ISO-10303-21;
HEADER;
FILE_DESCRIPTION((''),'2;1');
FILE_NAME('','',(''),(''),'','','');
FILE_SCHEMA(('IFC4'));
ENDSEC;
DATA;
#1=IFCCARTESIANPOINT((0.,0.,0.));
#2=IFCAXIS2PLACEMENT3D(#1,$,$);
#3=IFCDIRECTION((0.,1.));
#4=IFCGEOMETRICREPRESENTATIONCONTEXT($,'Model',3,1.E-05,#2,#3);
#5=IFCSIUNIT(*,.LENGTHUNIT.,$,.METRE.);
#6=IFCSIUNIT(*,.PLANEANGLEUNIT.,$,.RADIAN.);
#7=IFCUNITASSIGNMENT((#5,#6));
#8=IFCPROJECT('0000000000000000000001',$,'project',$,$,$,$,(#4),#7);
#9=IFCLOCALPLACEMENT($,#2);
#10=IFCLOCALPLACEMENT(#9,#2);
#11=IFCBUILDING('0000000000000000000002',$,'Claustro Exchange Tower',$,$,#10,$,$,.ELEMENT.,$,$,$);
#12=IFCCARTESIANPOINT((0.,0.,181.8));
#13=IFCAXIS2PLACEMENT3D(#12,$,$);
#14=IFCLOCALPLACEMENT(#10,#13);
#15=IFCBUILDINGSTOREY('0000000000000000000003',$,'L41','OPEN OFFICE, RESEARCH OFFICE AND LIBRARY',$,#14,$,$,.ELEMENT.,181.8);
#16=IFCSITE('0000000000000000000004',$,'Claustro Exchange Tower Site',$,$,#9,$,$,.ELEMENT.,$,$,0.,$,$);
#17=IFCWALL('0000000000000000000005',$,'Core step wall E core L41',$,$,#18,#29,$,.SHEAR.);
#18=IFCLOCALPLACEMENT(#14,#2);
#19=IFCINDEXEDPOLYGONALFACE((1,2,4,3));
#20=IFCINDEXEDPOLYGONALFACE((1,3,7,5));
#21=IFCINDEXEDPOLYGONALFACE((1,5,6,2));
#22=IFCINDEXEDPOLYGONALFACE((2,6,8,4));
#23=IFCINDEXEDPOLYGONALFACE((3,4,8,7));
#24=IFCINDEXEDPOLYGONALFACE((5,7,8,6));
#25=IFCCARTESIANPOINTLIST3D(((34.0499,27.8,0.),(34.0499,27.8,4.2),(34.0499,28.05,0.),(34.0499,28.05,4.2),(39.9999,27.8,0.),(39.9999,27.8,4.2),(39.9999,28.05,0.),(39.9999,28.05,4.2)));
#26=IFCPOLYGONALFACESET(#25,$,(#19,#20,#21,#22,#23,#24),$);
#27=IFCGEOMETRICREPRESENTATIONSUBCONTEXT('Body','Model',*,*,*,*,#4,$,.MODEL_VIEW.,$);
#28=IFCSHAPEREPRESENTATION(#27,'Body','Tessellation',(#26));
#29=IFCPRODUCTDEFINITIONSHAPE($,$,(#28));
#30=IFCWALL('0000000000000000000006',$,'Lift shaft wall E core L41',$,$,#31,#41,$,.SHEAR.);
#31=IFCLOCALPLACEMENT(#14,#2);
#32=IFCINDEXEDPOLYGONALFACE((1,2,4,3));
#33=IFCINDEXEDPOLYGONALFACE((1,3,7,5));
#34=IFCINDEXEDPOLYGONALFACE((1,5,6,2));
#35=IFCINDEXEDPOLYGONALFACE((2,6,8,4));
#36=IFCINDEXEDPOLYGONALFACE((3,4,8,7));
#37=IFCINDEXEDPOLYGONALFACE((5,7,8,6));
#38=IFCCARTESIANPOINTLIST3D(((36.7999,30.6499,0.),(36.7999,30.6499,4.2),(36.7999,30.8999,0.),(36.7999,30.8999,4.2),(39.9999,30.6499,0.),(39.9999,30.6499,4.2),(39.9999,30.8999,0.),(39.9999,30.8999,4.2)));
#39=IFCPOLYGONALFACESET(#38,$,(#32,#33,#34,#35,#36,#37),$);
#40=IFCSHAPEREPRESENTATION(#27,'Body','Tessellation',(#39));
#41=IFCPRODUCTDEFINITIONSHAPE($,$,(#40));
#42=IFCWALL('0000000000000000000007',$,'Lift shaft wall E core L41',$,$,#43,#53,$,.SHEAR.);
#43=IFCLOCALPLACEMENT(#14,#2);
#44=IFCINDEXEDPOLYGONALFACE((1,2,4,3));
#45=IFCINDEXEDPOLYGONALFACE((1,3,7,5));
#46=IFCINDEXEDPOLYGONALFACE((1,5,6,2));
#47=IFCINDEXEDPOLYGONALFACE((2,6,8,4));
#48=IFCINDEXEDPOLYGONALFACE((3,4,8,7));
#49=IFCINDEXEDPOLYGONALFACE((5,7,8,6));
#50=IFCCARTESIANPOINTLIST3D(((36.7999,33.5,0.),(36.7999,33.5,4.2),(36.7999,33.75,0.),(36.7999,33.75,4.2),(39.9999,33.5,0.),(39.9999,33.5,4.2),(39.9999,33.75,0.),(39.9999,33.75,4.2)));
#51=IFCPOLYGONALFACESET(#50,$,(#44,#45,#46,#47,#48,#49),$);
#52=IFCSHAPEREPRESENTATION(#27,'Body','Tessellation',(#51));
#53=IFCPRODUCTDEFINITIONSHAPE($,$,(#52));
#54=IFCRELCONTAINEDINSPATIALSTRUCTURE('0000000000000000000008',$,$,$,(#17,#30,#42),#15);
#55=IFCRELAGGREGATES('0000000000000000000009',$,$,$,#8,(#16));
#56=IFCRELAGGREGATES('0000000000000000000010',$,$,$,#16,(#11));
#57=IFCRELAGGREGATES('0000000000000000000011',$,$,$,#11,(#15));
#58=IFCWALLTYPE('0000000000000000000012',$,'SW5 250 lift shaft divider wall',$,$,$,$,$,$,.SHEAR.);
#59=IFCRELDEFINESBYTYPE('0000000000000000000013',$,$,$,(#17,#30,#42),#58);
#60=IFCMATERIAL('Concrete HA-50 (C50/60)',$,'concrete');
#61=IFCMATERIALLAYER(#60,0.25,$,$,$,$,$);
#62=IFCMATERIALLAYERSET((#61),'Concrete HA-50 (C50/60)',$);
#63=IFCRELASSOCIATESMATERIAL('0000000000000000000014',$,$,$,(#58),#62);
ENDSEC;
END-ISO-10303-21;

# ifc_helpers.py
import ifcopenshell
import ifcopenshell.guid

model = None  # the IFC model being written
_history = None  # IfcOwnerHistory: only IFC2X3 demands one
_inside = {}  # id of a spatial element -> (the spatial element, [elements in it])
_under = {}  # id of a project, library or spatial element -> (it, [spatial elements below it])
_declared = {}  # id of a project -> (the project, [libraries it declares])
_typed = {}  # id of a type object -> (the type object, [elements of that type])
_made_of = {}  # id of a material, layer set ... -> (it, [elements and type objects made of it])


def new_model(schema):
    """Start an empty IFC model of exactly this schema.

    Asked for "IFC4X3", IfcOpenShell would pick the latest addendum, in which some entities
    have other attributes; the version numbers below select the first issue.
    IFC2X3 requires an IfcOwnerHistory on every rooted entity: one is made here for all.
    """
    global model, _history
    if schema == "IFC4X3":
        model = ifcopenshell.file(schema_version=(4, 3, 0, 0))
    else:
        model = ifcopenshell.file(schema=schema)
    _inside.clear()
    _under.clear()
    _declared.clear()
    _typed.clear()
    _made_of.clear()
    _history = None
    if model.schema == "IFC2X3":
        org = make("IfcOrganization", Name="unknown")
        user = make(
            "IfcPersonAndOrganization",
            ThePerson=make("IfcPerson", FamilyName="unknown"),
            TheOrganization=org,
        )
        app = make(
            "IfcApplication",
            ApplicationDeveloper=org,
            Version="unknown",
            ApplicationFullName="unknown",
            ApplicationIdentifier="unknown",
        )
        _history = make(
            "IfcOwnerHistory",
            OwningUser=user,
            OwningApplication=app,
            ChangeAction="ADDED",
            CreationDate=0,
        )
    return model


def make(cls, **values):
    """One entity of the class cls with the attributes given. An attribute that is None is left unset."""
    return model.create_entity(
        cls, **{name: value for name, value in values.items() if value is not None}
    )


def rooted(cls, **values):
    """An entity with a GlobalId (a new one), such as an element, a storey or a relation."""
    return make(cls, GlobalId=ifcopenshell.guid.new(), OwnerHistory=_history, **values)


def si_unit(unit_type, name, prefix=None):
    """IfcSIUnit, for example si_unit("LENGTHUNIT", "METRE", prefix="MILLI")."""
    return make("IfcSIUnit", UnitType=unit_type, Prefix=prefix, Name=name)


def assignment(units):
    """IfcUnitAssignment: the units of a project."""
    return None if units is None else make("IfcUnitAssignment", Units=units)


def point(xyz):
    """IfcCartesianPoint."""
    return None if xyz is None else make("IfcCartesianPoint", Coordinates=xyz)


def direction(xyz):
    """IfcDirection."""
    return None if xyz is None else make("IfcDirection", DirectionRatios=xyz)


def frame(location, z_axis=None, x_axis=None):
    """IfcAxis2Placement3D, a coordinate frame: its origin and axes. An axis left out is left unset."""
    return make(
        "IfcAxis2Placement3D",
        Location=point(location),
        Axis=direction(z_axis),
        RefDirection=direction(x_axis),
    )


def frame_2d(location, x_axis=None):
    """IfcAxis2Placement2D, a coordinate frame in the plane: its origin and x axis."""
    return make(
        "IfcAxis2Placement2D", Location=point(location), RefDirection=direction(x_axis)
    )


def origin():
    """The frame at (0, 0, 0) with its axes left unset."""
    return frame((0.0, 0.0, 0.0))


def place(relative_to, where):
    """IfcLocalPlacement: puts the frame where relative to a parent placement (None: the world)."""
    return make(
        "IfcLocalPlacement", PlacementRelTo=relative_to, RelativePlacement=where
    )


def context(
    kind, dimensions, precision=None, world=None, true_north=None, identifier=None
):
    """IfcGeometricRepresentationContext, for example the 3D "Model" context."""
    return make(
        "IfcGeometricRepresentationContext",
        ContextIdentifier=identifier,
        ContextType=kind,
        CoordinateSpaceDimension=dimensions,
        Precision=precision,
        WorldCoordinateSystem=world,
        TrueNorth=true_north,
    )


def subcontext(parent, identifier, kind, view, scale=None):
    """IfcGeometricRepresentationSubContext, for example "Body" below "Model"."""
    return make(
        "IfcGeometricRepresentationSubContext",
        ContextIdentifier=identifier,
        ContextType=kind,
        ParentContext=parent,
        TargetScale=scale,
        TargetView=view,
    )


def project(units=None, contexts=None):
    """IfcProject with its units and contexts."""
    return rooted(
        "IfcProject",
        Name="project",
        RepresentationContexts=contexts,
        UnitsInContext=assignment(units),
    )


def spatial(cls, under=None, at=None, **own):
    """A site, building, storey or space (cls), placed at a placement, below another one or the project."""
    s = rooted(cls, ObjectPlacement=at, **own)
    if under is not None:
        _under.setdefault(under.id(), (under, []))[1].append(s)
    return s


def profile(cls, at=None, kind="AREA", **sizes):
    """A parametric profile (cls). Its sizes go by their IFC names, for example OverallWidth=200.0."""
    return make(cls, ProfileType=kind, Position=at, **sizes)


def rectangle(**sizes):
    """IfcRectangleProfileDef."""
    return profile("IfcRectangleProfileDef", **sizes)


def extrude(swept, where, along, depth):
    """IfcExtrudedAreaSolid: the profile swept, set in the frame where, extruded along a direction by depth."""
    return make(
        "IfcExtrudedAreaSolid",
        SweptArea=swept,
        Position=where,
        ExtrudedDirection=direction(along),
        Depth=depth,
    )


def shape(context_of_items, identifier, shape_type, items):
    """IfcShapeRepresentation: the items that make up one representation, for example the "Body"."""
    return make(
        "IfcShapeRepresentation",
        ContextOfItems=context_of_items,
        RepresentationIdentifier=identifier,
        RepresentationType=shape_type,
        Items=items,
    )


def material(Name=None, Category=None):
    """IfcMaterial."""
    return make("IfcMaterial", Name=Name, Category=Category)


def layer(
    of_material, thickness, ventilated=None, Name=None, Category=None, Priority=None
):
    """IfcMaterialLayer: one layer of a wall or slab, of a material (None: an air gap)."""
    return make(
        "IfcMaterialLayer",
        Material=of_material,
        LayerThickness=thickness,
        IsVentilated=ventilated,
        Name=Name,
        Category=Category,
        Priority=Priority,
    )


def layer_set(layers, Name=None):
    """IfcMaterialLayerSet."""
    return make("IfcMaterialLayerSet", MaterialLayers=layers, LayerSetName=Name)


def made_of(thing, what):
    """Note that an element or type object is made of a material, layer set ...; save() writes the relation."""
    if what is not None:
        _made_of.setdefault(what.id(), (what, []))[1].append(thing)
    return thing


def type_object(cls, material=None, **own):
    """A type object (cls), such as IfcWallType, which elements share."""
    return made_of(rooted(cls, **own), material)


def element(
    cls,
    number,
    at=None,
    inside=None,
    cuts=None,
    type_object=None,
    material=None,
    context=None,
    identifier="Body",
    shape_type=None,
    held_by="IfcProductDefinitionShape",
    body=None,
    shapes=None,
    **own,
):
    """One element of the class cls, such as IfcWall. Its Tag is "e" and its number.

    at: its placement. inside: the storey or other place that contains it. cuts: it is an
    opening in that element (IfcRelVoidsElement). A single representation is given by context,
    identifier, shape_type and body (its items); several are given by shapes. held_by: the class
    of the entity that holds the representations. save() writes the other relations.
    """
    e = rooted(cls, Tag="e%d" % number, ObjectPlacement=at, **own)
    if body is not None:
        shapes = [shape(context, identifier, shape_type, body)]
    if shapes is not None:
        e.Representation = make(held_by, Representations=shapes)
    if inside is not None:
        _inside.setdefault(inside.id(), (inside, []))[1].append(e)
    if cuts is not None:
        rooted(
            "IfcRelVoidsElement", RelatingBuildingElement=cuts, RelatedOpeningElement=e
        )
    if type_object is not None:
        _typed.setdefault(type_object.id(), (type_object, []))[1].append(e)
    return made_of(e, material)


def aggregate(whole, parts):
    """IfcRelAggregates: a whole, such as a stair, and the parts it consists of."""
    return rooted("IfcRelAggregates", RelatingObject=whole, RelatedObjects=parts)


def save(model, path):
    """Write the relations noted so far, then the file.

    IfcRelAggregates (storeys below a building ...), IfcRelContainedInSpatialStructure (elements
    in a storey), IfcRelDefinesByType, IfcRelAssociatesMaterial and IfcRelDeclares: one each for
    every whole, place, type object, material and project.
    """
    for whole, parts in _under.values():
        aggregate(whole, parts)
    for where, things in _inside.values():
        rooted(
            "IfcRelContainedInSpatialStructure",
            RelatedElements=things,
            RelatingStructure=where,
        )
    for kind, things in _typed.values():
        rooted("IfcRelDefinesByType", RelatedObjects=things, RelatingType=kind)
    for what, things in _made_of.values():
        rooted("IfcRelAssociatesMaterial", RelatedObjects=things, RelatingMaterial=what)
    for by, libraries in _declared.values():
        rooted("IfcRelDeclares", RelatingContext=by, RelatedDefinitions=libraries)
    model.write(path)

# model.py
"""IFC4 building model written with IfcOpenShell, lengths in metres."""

from ifc_helpers import new_model, si_unit, direction, frame, frame_2d, origin, place, context, subcontext, project, spatial, rectangle, extrude, material, layer, layer_set, type_object, element, save


model = new_model("IFC4")

# Units and contexts
model_context = context("Model", 3, precision=1e-05, world=origin(), true_north=direction((0.0, 1.0)))
body_context = subcontext(model_context, "Body", "Model", "MODEL_VIEW")
ifc_project = project(units=[si_unit("LENGTHUNIT", "METRE"), si_unit("PLANEANGLEUNIT", "RADIAN")], contexts=[model_context])

# Site, building, storey
site_placement = place(None, origin())
site = spatial("IfcSite", under=ifc_project, at=site_placement, Name="Claustro Exchange Tower Site", CompositionType="ELEMENT", RefElevation=0.0)
building_placement = place(site_placement, origin())
building = spatial("IfcBuilding", under=site, at=building_placement, Name="Claustro Exchange Tower", CompositionType="ELEMENT")
storey_placement = place(building_placement, frame((0.0, 0.0, 181.8)))
storey = spatial("IfcBuildingStorey", under=building, at=storey_placement, Name="L41", Description="OPEN OFFICE, RESEARCH OFFICE AND LIBRARY", CompositionType="ELEMENT", Elevation=181.8)

# Walls
ifc_material_1 = material(Name="Concrete HA-50 (C50/60)", Category="concrete")
ifc_layer_1 = layer(ifc_material_1, 0.25)
ifc_layer_set_1 = layer_set([ifc_layer_1], Name="Concrete HA-50 (C50/60)")
wall_type_1 = type_object("IfcWallType", Name="SW5 250 lift shaft divider wall", PredefinedType="SHEAR", material=ifc_layer_set_1)
wall_1_placement = place(storey_placement, frame((40.0, 27.925, 0.0), z_axis=(0.0, 0.0, 1.0), x_axis=(-1.0, 0.0, 0.0)))
element("IfcWall", 1, at=wall_1_placement, inside=storey, type_object=wall_type_1, Name="Core step wall E core L41", PredefinedType="SHEAR", context=body_context, shape_type="SweptSolid", body=[
    extrude(rectangle(XDim=5.95, YDim=0.25, at=frame_2d((2.9751, 0.0))), origin(), (0.0, 0.0, 1.0), 4.2),
])
for number, where, z_axis, x_axis, name in (
    (2, (40.0, 30.7749, 0.0), (0.0, 0.0, 1.0), (-1.0, 0.0, 0.0), "Lift shaft wall E core L41"),
    (3, (40.0, 33.625, 0.0), (0.0, 0.0, 1.0), (-1.0, 0.0, 0.0), "Lift shaft wall E core L41"),
):
    element("IfcWall", number, at=place(storey_placement, frame(where, z_axis=z_axis, x_axis=x_axis)), inside=storey, type_object=wall_type_1, Name=name, PredefinedType="SHEAR", context=body_context, shape_type="SweptSolid", body=[
        extrude(rectangle(XDim=3.2, YDim=0.25, at=frame_2d((1.6001, 0.0))), origin(), (0.0, 0.0, 1.0), 4.2),
    ])

save(model, "model.ifc")
